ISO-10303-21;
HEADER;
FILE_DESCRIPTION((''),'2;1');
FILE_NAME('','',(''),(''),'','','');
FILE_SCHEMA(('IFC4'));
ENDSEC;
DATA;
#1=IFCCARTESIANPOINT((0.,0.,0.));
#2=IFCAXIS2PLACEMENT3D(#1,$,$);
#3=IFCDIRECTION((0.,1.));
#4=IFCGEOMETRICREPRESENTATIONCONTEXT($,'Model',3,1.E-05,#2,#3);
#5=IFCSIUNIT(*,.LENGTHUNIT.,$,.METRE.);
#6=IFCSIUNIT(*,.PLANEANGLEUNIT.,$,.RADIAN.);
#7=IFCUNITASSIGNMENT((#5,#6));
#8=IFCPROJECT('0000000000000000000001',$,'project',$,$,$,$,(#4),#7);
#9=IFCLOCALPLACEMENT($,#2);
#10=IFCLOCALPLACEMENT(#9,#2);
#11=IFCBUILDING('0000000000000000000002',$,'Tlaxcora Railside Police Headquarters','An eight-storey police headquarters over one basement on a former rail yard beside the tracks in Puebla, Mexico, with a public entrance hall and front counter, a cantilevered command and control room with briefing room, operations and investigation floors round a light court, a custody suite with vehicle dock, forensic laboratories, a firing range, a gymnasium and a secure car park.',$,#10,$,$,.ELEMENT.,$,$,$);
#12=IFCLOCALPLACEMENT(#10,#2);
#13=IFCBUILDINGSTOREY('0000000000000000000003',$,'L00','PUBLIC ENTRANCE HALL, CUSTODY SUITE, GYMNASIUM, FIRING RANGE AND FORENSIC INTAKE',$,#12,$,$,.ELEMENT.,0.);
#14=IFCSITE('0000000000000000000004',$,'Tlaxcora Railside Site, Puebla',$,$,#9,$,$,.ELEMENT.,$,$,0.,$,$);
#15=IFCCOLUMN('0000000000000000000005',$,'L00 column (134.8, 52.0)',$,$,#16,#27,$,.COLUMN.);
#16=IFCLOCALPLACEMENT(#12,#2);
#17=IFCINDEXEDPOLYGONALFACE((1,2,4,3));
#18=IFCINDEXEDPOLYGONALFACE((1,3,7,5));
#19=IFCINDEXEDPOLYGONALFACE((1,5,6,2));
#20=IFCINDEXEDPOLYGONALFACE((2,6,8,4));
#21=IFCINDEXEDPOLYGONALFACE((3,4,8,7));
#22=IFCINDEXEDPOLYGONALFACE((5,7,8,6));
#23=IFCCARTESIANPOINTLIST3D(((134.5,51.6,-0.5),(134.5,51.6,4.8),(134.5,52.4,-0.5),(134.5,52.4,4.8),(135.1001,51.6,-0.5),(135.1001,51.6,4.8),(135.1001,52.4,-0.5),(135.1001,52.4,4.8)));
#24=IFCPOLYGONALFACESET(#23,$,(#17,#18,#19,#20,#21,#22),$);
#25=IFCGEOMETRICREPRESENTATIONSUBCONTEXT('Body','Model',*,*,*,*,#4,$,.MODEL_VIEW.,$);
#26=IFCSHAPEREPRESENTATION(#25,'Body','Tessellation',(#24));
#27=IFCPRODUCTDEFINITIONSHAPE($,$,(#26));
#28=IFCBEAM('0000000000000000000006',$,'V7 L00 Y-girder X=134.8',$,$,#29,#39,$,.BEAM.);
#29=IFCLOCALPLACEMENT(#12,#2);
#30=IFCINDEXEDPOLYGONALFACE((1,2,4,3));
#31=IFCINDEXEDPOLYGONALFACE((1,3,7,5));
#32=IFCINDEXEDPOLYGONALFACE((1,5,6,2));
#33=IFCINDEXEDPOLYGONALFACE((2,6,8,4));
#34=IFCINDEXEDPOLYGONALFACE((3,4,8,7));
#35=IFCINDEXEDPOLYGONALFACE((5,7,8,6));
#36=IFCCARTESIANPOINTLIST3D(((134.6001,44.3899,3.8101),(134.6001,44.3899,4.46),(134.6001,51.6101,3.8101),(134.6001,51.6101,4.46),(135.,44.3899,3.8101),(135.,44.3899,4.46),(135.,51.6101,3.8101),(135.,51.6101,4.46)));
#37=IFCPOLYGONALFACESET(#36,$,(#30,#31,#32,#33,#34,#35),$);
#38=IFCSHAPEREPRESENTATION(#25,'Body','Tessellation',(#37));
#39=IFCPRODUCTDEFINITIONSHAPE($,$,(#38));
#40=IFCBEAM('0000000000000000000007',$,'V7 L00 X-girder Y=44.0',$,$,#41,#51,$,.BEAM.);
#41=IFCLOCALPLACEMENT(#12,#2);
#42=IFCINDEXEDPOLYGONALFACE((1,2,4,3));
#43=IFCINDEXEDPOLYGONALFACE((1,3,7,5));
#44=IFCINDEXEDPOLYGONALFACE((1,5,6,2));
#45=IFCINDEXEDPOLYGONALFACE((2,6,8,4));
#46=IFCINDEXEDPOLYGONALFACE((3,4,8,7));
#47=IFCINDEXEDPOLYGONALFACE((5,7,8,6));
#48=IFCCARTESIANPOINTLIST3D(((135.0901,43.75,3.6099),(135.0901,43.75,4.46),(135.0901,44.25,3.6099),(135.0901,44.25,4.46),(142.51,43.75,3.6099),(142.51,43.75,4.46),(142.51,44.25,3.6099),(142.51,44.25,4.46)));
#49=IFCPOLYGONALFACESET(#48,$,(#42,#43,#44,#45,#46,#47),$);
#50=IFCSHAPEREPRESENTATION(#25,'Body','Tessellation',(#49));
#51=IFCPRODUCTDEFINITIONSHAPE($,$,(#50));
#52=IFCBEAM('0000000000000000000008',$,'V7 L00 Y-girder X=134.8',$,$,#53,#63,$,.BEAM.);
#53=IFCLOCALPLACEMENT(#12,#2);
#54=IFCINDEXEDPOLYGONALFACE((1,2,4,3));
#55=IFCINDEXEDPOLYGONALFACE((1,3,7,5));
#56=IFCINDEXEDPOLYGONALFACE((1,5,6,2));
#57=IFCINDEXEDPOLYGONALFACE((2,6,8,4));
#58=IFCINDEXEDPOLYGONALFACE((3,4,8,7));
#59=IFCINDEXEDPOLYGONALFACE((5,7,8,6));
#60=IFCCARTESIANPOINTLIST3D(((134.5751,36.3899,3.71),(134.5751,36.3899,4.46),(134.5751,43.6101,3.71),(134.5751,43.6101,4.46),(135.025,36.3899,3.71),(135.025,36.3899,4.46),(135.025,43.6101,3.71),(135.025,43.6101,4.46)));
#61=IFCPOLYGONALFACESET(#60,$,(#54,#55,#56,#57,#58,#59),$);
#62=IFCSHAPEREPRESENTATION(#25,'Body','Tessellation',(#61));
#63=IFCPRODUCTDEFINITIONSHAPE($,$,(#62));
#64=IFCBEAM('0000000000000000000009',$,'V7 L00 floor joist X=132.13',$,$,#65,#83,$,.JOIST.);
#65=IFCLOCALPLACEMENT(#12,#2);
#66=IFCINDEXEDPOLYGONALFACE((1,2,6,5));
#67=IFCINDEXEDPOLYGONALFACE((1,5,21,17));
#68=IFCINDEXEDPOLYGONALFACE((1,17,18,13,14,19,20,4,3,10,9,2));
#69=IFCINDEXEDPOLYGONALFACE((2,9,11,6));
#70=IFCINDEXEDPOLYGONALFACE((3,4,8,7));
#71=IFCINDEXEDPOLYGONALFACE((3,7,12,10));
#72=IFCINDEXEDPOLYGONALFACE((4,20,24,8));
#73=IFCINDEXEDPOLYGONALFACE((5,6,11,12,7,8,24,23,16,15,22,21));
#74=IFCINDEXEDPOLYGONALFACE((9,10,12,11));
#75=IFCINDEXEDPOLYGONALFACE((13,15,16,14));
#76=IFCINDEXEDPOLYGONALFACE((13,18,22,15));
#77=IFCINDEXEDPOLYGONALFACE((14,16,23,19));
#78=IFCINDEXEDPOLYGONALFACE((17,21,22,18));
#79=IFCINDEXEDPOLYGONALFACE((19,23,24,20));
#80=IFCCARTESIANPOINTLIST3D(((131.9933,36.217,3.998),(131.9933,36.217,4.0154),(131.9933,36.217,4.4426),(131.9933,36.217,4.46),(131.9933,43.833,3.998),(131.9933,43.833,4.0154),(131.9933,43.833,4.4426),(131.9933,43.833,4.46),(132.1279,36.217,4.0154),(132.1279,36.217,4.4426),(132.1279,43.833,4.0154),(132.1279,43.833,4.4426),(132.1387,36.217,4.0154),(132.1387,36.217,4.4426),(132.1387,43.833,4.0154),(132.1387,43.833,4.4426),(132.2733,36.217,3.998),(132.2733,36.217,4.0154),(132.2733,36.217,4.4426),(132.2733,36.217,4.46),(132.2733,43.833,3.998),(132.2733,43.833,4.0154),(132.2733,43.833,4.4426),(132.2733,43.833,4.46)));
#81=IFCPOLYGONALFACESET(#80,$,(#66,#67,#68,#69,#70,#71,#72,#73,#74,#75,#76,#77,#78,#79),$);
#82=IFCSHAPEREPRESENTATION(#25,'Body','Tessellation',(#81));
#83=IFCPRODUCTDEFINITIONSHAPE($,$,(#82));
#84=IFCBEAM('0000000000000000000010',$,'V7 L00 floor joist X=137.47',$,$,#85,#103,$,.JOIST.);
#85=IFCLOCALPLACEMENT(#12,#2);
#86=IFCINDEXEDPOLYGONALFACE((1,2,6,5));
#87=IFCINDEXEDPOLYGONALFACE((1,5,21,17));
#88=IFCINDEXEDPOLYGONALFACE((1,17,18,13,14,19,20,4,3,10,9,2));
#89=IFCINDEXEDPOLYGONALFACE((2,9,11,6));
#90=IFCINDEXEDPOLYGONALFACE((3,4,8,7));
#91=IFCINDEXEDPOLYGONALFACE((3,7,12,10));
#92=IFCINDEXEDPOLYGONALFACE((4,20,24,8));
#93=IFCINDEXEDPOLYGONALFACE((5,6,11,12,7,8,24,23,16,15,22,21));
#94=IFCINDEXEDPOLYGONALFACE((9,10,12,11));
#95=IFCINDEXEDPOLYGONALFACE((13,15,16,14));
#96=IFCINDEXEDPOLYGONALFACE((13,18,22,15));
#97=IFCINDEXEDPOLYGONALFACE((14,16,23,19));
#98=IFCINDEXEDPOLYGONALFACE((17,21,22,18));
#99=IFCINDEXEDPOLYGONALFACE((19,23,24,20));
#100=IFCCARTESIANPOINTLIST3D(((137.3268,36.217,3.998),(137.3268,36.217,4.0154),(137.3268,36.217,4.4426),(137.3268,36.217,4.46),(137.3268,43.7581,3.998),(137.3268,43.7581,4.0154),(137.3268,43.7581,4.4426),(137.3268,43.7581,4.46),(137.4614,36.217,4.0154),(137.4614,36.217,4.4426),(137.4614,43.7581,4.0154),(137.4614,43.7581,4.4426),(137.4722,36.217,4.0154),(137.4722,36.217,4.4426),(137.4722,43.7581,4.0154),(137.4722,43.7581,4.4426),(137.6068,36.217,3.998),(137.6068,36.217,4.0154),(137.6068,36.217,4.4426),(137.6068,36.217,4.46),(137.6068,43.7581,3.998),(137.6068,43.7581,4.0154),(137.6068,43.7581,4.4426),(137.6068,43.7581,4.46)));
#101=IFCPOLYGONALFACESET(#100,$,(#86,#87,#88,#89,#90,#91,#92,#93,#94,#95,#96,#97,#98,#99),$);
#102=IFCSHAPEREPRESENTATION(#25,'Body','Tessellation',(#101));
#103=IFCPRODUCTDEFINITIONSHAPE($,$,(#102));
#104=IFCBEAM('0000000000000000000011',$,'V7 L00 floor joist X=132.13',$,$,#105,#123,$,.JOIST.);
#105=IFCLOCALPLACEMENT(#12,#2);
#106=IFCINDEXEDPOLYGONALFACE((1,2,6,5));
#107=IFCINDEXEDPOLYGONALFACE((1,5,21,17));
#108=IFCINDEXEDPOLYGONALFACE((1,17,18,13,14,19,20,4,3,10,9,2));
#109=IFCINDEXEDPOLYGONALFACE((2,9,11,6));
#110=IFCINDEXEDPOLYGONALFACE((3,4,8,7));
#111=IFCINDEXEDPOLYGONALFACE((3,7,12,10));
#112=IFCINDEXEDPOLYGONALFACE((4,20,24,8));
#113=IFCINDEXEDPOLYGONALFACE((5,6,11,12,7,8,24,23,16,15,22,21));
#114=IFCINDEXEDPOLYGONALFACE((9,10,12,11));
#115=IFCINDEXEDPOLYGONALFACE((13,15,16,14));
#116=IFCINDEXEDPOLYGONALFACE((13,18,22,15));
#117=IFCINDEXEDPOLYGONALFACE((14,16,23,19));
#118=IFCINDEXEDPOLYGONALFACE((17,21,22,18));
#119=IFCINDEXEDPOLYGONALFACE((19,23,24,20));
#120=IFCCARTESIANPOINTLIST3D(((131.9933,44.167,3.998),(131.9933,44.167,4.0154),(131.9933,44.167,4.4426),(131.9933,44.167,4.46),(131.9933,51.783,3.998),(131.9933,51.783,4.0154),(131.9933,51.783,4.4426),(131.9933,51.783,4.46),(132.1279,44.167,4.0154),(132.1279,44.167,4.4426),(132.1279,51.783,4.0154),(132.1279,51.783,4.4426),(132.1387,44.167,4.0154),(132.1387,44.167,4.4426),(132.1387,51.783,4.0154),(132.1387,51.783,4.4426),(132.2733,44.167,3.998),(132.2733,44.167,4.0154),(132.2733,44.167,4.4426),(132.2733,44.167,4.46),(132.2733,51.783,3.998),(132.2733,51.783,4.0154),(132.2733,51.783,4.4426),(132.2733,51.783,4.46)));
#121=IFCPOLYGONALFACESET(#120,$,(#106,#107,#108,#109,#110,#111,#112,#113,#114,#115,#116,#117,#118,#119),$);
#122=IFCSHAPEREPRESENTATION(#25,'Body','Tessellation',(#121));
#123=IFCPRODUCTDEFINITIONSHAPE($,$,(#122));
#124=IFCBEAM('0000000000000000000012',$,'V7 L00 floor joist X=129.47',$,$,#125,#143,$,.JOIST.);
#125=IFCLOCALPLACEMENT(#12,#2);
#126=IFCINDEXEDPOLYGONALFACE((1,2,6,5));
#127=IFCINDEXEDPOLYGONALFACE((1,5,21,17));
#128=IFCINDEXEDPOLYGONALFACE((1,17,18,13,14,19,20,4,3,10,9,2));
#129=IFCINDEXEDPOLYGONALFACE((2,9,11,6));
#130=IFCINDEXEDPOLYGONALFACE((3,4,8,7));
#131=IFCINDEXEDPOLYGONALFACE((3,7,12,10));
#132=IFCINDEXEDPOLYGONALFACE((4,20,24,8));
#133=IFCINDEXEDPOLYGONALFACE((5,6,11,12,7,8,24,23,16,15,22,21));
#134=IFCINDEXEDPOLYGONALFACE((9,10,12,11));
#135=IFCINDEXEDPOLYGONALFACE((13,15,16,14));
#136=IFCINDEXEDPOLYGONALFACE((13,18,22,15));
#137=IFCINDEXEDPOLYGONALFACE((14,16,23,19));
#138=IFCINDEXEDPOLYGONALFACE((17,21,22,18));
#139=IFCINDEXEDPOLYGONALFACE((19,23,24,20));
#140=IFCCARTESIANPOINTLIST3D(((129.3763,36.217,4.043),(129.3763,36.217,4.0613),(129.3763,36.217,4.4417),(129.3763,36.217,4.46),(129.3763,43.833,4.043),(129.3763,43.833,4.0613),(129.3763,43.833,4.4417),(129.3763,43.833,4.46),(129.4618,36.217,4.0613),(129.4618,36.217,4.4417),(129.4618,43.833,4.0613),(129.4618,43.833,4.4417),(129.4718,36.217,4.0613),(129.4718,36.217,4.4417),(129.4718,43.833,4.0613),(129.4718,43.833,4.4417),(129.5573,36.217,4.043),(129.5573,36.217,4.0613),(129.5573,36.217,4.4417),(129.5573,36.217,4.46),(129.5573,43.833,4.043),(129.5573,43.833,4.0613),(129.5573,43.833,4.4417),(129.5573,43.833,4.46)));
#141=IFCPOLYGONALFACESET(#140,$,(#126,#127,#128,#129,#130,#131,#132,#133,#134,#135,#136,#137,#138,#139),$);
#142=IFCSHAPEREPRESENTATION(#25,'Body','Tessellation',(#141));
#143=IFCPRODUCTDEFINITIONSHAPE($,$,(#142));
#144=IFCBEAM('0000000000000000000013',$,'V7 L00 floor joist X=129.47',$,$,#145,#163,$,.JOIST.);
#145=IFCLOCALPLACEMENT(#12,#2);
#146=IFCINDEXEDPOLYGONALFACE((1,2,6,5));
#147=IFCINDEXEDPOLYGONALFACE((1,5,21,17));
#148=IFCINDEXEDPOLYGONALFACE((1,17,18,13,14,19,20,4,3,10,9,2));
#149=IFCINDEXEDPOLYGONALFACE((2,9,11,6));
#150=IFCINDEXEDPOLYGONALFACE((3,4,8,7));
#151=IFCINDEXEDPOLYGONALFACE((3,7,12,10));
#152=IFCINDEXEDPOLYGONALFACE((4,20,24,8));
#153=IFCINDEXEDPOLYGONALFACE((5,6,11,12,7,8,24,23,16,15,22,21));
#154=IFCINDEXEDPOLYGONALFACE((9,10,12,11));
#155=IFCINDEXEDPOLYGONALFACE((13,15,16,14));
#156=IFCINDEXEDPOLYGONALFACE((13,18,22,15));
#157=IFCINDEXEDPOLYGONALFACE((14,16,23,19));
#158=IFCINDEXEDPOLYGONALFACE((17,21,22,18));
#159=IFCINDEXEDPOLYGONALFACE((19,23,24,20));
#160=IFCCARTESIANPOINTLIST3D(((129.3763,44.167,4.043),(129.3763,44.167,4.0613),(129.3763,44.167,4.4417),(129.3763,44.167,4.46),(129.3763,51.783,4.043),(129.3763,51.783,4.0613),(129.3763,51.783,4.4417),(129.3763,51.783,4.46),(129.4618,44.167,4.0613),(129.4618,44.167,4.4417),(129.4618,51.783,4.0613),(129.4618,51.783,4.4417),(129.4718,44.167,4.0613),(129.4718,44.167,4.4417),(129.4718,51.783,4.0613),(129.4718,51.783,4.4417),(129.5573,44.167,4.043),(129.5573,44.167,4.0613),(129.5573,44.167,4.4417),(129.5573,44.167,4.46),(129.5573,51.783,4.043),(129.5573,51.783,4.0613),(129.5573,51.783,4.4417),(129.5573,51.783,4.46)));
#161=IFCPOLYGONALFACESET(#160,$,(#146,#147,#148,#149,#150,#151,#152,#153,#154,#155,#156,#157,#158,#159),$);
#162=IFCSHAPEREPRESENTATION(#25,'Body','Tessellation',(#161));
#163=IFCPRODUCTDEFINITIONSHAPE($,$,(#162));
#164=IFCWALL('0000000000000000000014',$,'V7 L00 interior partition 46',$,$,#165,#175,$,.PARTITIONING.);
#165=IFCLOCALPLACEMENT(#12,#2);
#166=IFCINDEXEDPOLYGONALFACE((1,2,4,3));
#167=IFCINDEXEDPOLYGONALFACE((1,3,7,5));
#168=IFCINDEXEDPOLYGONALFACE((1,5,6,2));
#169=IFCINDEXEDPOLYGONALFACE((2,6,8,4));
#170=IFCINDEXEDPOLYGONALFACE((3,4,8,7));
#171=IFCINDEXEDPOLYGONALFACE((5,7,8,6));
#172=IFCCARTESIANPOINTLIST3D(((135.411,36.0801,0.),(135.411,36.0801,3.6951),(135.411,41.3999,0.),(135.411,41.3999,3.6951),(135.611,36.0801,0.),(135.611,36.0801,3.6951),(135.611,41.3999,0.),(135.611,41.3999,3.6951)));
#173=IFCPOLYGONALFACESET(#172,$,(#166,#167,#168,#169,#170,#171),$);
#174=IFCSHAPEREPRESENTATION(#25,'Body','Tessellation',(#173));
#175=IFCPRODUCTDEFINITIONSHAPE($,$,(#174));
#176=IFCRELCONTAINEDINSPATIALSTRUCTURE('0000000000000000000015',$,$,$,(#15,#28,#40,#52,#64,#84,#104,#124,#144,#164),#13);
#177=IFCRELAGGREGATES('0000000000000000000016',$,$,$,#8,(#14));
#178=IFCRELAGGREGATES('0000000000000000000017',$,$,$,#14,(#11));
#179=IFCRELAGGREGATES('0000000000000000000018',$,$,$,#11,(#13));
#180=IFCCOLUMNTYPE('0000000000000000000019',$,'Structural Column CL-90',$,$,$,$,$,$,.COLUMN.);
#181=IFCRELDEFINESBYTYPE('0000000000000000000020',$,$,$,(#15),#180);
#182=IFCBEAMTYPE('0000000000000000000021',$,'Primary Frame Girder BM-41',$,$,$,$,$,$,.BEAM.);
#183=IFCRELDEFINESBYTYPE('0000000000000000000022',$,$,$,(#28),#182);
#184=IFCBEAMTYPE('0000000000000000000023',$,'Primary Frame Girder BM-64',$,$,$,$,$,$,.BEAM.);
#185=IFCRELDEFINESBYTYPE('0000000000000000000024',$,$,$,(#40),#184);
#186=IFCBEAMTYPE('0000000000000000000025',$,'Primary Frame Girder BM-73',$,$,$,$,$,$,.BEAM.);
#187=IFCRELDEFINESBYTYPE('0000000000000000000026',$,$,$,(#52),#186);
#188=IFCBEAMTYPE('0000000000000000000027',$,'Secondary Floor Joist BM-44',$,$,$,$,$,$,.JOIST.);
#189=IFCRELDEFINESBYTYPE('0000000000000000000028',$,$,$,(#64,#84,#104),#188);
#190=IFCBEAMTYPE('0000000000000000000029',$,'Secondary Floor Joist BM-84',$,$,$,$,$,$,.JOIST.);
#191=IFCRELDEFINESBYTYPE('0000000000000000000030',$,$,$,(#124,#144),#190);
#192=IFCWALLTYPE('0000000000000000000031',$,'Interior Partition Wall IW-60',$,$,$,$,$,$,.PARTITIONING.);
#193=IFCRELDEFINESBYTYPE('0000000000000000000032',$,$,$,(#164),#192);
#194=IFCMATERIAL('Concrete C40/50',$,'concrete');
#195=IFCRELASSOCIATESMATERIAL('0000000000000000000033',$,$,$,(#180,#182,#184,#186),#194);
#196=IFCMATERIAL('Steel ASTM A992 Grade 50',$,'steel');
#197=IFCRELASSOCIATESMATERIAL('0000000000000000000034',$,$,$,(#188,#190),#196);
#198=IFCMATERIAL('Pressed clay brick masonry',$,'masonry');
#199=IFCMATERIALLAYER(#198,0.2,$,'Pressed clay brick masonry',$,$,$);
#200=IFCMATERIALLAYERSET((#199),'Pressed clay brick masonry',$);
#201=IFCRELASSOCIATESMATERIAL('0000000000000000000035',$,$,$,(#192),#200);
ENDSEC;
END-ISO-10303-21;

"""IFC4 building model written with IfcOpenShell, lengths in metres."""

from ifc_helpers import new_model, si_unit, direction, frame, frame_2d, origin, origin_2d, place, context, subcontext, project, spatial, rectangle, i_section, extrude, material, layer, layer_set, material_profile, profile_set, type_object, element, save


model = new_model("IFC4")

# Units and contexts
model_context = context("Model", 3, precision=1e-05, world=origin(), true_north=direction((0.0, 1.0)))
body_context = subcontext(model_context, "Body", "Model", "MODEL_VIEW")
ifc_project = project(units=[si_unit("LENGTHUNIT", "METRE"), si_unit("PLANEANGLEUNIT", "RADIAN")], contexts=[model_context])

# Site, building, storey
site_placement = place(None, origin())
site = spatial("IfcSite", under=ifc_project, at=site_placement, Name="Tlaxcora Railside Site, Puebla", CompositionType="ELEMENT", RefElevation=0.0)
building_placement = place(site_placement, origin())
building = spatial("IfcBuilding", under=site, at=building_placement, Name="Tlaxcora Railside Police Headquarters", Description="An eight-storey police headquarters over one basement on a former rail yard beside the tracks in Puebla, Mexico, with a public entrance hall and front counter, a cantilevered command and control room with briefing room, operations and investigation floors round a light court, a custody suite with vehicle dock, forensic laboratories, a firing range, a gymnasium and a secure car park.", CompositionType="ELEMENT")
storey_placement = place(building_placement, origin())
storey = spatial("IfcBuildingStorey", under=building, at=storey_placement, Name="L00", Description="PUBLIC ENTRANCE HALL, CUSTODY SUITE, GYMNASIUM, FIRING RANGE AND FORENSIC INTAKE", CompositionType="ELEMENT", Elevation=0.0)

# Shared definitions
ifc_material_1 = material(Name="Concrete C40/50", Category="concrete")

# Column
ifc_material_profile_1 = material_profile(ifc_material_1, rectangle(XDim=0.6001, YDim=0.8, at=origin_2d()), Name="RC600X800")
ifc_profile_set_1 = profile_set([ifc_material_profile_1], Name="Concrete C40/50")
column_type = type_object("IfcColumnType", Name="Structural Column CL-90", PredefinedType="COLUMN", material=ifc_profile_set_1)
for number, where, z_axis, x_axis, name in (
    (1, (134.8, 52.0, -0.5), (0.0, 0.0, 1.0), (1.0, 0.0, 0.0), "L00 column (134.8, 52.0)"),
):
    element("IfcColumn", number, at=place(storey_placement, frame(where, z_axis=z_axis, x_axis=x_axis)), inside=storey, type_object=column_type, Name=name, PredefinedType="COLUMN", context=body_context, shape_type="SweptSolid", body=[
        extrude(rectangle(XDim=0.6001, YDim=0.8, at=origin_2d()), origin(), (0.0, 0.0, 1.0), 5.3),
    ])

# Beams
ifc_material_profile_2 = material_profile(ifc_material_1, rectangle(XDim=0.3999, YDim=0.6499, at=origin_2d()), Name="RC400X650")
ifc_profile_set_2 = profile_set([ifc_material_profile_2], Name="Concrete C40/50")
beam_type_1 = type_object("IfcBeamType", Name="Primary Frame Girder BM-41", PredefinedType="BEAM", material=ifc_profile_set_2)
beam_1_placement = place(storey_placement, frame((134.8, 44.3899, 4.135), z_axis=(0.0, 1.0, 0.0), x_axis=(-1.0, 0.0, 0.0)))
element("IfcBeam", 2, at=beam_1_placement, inside=storey, type_object=beam_type_1, Name="V7 L00 Y-girder X=134.8", PredefinedType="BEAM", context=body_context, shape_type="SweptSolid", body=[
    extrude(rectangle(XDim=0.3999, YDim=0.6499, at=origin_2d()), origin(), (0.0, 0.0, 1.0), 7.2202),
])
ifc_material_profile_3 = material_profile(ifc_material_1, rectangle(XDim=0.5, YDim=0.8501, at=origin_2d()), Name="RC500X850")
ifc_profile_set_3 = profile_set([ifc_material_profile_3], Name="Concrete C40/50")
beam_type_2 = type_object("IfcBeamType", Name="Primary Frame Girder BM-64", PredefinedType="BEAM", material=ifc_profile_set_3)
beam_2_placement = place(storey_placement, frame((135.0901, 44.0, 4.0349), z_axis=(1.0, 0.0, 0.0), x_axis=(0.0, 1.0, 0.0)))
element("IfcBeam", 3, at=beam_2_placement, inside=storey, type_object=beam_type_2, Name="V7 L00 X-girder Y=44.0", PredefinedType="BEAM", context=body_context, shape_type="SweptSolid", body=[
    extrude(rectangle(XDim=0.5, YDim=0.8501, at=origin_2d()), origin(), (0.0, 0.0, 1.0), 7.4199),
])
ifc_material_profile_4 = material_profile(ifc_material_1, rectangle(XDim=0.45, YDim=0.75, at=origin_2d()), Name="RC450X750")
ifc_profile_set_4 = profile_set([ifc_material_profile_4], Name="Concrete C40/50")
beam_type_3 = type_object("IfcBeamType", Name="Primary Frame Girder BM-73", PredefinedType="BEAM", material=ifc_profile_set_4)
beam_3_placement = place(storey_placement, frame((134.8, 36.3899, 4.085), z_axis=(0.0, 1.0, 0.0), x_axis=(-1.0, 0.0, 0.0)))
element("IfcBeam", 4, at=beam_3_placement, inside=storey, type_object=beam_type_3, Name="V7 L00 Y-girder X=134.8", PredefinedType="BEAM", context=body_context, shape_type="SweptSolid", body=[
    extrude(rectangle(XDim=0.45, YDim=0.75, at=origin_2d()), origin(), (0.0, 0.0, 1.0), 7.2202),
])
ifc_material_2 = material(Name="Steel ASTM A992 Grade 50", Category="steel")
ifc_material_profile_5 = material_profile(ifc_material_2, i_section(OverallWidth=0.28, OverallDepth=0.4619, WebThickness=0.0107, FlangeThickness=0.0173, at=origin_2d()), Name="W18X76")
ifc_profile_set_5 = profile_set([ifc_material_profile_5], Name="Steel ASTM A992 Grade 50")
beam_type_4 = type_object("IfcBeamType", Name="Secondary Floor Joist BM-44", PredefinedType="JOIST", material=ifc_profile_set_5)
beam_4_placement = place(storey_placement, frame((132.1333, 36.217, 4.229), z_axis=(0.0, 1.0, 0.0), x_axis=(-1.0, 0.0, 0.0)))
element("IfcBeam", 5, at=beam_4_placement, inside=storey, type_object=beam_type_4, Name="V7 L00 floor joist X=132.13", PredefinedType="JOIST", context=body_context, shape_type="SweptSolid", body=[
    extrude(i_section(OverallWidth=0.28, OverallDepth=0.4619, WebThickness=0.0107, FlangeThickness=0.0173, at=origin_2d()), origin(), (0.0, 0.0, 1.0), 7.616),
])
beam_5_placement = place(storey_placement, frame((137.4668, 36.217, 4.229), z_axis=(0.0, 1.0, 0.0), x_axis=(-1.0, 0.0, 0.0)))
element("IfcBeam", 6, at=beam_5_placement, inside=storey, type_object=beam_type_4, Name="V7 L00 floor joist X=137.47", PredefinedType="JOIST", context=body_context, shape_type="SweptSolid", body=[
    extrude(i_section(OverallWidth=0.28, OverallDepth=0.4619, WebThickness=0.0107, FlangeThickness=0.0173, at=origin_2d()), origin(), (0.0, 0.0, 1.0), 7.541),
])
beam_6_placement = place(storey_placement, frame((132.1333, 44.167, 4.229), z_axis=(0.0, 1.0, 0.0), x_axis=(-1.0, 0.0, 0.0)))
element("IfcBeam", 7, at=beam_6_placement, inside=storey, type_object=beam_type_4, Name="V7 L00 floor joist X=132.13", PredefinedType="JOIST", context=body_context, shape_type="SweptSolid", body=[
    extrude(i_section(OverallWidth=0.28, OverallDepth=0.4619, WebThickness=0.0107, FlangeThickness=0.0173, at=origin_2d()), origin(), (0.0, 0.0, 1.0), 7.616),
])
ifc_material_profile_6 = material_profile(ifc_material_2, i_section(OverallWidth=0.1809, OverallDepth=0.417, WebThickness=0.01, FlangeThickness=0.0183, at=origin_2d()), Name="W16X57")
ifc_profile_set_6 = profile_set([ifc_material_profile_6], Name="Steel ASTM A992 Grade 50")
beam_type_5 = type_object("IfcBeamType", Name="Secondary Floor Joist BM-84", PredefinedType="JOIST", material=ifc_profile_set_6)
for number, where, z_axis, x_axis, name in (
    (8, (129.4668, 36.217, 4.2515), (0.0, 1.0, 0.0), (-1.0, 0.0, 0.0), "V7 L00 floor joist X=129.47"),
    (9, (129.4668, 44.167, 4.2515), (0.0, 1.0, 0.0), (-1.0, 0.0, 0.0), "V7 L00 floor joist X=129.47"),
):
    element("IfcBeam", number, at=place(storey_placement, frame(where, z_axis=z_axis, x_axis=x_axis)), inside=storey, type_object=beam_type_5, Name=name, PredefinedType="JOIST", context=body_context, shape_type="SweptSolid", body=[
        extrude(i_section(OverallWidth=0.1809, OverallDepth=0.417, WebThickness=0.01, FlangeThickness=0.0183, at=origin_2d()), origin(), (0.0, 0.0, 1.0), 7.616),
    ])

# Wall
ifc_material_3 = material(Name="Pressed clay brick masonry", Category="masonry")
ifc_layer_1 = layer(ifc_material_3, 0.2, Name="Pressed clay brick masonry")
ifc_layer_set_1 = layer_set([ifc_layer_1], Name="Pressed clay brick masonry")
wall_type_1 = type_object("IfcWallType", Name="Interior Partition Wall IW-60", PredefinedType="PARTITIONING", material=ifc_layer_set_1)
wall_1_placement = place(storey_placement, frame((135.511, 36.0801, 0.0), z_axis=(0.0, 0.0, 1.0), x_axis=(0.0, 1.0, 0.0)))
element("IfcWall", 10, at=wall_1_placement, inside=storey, type_object=wall_type_1, Name="V7 L00 interior partition 46", PredefinedType="PARTITIONING", context=body_context, shape_type="SweptSolid", body=[
    extrude(rectangle(XDim=5.3198, YDim=0.2, at=frame_2d((2.6599, 0.0))), origin(), (0.0, 0.0, 1.0), 3.6951),
])

save(model, "model.ifc")
